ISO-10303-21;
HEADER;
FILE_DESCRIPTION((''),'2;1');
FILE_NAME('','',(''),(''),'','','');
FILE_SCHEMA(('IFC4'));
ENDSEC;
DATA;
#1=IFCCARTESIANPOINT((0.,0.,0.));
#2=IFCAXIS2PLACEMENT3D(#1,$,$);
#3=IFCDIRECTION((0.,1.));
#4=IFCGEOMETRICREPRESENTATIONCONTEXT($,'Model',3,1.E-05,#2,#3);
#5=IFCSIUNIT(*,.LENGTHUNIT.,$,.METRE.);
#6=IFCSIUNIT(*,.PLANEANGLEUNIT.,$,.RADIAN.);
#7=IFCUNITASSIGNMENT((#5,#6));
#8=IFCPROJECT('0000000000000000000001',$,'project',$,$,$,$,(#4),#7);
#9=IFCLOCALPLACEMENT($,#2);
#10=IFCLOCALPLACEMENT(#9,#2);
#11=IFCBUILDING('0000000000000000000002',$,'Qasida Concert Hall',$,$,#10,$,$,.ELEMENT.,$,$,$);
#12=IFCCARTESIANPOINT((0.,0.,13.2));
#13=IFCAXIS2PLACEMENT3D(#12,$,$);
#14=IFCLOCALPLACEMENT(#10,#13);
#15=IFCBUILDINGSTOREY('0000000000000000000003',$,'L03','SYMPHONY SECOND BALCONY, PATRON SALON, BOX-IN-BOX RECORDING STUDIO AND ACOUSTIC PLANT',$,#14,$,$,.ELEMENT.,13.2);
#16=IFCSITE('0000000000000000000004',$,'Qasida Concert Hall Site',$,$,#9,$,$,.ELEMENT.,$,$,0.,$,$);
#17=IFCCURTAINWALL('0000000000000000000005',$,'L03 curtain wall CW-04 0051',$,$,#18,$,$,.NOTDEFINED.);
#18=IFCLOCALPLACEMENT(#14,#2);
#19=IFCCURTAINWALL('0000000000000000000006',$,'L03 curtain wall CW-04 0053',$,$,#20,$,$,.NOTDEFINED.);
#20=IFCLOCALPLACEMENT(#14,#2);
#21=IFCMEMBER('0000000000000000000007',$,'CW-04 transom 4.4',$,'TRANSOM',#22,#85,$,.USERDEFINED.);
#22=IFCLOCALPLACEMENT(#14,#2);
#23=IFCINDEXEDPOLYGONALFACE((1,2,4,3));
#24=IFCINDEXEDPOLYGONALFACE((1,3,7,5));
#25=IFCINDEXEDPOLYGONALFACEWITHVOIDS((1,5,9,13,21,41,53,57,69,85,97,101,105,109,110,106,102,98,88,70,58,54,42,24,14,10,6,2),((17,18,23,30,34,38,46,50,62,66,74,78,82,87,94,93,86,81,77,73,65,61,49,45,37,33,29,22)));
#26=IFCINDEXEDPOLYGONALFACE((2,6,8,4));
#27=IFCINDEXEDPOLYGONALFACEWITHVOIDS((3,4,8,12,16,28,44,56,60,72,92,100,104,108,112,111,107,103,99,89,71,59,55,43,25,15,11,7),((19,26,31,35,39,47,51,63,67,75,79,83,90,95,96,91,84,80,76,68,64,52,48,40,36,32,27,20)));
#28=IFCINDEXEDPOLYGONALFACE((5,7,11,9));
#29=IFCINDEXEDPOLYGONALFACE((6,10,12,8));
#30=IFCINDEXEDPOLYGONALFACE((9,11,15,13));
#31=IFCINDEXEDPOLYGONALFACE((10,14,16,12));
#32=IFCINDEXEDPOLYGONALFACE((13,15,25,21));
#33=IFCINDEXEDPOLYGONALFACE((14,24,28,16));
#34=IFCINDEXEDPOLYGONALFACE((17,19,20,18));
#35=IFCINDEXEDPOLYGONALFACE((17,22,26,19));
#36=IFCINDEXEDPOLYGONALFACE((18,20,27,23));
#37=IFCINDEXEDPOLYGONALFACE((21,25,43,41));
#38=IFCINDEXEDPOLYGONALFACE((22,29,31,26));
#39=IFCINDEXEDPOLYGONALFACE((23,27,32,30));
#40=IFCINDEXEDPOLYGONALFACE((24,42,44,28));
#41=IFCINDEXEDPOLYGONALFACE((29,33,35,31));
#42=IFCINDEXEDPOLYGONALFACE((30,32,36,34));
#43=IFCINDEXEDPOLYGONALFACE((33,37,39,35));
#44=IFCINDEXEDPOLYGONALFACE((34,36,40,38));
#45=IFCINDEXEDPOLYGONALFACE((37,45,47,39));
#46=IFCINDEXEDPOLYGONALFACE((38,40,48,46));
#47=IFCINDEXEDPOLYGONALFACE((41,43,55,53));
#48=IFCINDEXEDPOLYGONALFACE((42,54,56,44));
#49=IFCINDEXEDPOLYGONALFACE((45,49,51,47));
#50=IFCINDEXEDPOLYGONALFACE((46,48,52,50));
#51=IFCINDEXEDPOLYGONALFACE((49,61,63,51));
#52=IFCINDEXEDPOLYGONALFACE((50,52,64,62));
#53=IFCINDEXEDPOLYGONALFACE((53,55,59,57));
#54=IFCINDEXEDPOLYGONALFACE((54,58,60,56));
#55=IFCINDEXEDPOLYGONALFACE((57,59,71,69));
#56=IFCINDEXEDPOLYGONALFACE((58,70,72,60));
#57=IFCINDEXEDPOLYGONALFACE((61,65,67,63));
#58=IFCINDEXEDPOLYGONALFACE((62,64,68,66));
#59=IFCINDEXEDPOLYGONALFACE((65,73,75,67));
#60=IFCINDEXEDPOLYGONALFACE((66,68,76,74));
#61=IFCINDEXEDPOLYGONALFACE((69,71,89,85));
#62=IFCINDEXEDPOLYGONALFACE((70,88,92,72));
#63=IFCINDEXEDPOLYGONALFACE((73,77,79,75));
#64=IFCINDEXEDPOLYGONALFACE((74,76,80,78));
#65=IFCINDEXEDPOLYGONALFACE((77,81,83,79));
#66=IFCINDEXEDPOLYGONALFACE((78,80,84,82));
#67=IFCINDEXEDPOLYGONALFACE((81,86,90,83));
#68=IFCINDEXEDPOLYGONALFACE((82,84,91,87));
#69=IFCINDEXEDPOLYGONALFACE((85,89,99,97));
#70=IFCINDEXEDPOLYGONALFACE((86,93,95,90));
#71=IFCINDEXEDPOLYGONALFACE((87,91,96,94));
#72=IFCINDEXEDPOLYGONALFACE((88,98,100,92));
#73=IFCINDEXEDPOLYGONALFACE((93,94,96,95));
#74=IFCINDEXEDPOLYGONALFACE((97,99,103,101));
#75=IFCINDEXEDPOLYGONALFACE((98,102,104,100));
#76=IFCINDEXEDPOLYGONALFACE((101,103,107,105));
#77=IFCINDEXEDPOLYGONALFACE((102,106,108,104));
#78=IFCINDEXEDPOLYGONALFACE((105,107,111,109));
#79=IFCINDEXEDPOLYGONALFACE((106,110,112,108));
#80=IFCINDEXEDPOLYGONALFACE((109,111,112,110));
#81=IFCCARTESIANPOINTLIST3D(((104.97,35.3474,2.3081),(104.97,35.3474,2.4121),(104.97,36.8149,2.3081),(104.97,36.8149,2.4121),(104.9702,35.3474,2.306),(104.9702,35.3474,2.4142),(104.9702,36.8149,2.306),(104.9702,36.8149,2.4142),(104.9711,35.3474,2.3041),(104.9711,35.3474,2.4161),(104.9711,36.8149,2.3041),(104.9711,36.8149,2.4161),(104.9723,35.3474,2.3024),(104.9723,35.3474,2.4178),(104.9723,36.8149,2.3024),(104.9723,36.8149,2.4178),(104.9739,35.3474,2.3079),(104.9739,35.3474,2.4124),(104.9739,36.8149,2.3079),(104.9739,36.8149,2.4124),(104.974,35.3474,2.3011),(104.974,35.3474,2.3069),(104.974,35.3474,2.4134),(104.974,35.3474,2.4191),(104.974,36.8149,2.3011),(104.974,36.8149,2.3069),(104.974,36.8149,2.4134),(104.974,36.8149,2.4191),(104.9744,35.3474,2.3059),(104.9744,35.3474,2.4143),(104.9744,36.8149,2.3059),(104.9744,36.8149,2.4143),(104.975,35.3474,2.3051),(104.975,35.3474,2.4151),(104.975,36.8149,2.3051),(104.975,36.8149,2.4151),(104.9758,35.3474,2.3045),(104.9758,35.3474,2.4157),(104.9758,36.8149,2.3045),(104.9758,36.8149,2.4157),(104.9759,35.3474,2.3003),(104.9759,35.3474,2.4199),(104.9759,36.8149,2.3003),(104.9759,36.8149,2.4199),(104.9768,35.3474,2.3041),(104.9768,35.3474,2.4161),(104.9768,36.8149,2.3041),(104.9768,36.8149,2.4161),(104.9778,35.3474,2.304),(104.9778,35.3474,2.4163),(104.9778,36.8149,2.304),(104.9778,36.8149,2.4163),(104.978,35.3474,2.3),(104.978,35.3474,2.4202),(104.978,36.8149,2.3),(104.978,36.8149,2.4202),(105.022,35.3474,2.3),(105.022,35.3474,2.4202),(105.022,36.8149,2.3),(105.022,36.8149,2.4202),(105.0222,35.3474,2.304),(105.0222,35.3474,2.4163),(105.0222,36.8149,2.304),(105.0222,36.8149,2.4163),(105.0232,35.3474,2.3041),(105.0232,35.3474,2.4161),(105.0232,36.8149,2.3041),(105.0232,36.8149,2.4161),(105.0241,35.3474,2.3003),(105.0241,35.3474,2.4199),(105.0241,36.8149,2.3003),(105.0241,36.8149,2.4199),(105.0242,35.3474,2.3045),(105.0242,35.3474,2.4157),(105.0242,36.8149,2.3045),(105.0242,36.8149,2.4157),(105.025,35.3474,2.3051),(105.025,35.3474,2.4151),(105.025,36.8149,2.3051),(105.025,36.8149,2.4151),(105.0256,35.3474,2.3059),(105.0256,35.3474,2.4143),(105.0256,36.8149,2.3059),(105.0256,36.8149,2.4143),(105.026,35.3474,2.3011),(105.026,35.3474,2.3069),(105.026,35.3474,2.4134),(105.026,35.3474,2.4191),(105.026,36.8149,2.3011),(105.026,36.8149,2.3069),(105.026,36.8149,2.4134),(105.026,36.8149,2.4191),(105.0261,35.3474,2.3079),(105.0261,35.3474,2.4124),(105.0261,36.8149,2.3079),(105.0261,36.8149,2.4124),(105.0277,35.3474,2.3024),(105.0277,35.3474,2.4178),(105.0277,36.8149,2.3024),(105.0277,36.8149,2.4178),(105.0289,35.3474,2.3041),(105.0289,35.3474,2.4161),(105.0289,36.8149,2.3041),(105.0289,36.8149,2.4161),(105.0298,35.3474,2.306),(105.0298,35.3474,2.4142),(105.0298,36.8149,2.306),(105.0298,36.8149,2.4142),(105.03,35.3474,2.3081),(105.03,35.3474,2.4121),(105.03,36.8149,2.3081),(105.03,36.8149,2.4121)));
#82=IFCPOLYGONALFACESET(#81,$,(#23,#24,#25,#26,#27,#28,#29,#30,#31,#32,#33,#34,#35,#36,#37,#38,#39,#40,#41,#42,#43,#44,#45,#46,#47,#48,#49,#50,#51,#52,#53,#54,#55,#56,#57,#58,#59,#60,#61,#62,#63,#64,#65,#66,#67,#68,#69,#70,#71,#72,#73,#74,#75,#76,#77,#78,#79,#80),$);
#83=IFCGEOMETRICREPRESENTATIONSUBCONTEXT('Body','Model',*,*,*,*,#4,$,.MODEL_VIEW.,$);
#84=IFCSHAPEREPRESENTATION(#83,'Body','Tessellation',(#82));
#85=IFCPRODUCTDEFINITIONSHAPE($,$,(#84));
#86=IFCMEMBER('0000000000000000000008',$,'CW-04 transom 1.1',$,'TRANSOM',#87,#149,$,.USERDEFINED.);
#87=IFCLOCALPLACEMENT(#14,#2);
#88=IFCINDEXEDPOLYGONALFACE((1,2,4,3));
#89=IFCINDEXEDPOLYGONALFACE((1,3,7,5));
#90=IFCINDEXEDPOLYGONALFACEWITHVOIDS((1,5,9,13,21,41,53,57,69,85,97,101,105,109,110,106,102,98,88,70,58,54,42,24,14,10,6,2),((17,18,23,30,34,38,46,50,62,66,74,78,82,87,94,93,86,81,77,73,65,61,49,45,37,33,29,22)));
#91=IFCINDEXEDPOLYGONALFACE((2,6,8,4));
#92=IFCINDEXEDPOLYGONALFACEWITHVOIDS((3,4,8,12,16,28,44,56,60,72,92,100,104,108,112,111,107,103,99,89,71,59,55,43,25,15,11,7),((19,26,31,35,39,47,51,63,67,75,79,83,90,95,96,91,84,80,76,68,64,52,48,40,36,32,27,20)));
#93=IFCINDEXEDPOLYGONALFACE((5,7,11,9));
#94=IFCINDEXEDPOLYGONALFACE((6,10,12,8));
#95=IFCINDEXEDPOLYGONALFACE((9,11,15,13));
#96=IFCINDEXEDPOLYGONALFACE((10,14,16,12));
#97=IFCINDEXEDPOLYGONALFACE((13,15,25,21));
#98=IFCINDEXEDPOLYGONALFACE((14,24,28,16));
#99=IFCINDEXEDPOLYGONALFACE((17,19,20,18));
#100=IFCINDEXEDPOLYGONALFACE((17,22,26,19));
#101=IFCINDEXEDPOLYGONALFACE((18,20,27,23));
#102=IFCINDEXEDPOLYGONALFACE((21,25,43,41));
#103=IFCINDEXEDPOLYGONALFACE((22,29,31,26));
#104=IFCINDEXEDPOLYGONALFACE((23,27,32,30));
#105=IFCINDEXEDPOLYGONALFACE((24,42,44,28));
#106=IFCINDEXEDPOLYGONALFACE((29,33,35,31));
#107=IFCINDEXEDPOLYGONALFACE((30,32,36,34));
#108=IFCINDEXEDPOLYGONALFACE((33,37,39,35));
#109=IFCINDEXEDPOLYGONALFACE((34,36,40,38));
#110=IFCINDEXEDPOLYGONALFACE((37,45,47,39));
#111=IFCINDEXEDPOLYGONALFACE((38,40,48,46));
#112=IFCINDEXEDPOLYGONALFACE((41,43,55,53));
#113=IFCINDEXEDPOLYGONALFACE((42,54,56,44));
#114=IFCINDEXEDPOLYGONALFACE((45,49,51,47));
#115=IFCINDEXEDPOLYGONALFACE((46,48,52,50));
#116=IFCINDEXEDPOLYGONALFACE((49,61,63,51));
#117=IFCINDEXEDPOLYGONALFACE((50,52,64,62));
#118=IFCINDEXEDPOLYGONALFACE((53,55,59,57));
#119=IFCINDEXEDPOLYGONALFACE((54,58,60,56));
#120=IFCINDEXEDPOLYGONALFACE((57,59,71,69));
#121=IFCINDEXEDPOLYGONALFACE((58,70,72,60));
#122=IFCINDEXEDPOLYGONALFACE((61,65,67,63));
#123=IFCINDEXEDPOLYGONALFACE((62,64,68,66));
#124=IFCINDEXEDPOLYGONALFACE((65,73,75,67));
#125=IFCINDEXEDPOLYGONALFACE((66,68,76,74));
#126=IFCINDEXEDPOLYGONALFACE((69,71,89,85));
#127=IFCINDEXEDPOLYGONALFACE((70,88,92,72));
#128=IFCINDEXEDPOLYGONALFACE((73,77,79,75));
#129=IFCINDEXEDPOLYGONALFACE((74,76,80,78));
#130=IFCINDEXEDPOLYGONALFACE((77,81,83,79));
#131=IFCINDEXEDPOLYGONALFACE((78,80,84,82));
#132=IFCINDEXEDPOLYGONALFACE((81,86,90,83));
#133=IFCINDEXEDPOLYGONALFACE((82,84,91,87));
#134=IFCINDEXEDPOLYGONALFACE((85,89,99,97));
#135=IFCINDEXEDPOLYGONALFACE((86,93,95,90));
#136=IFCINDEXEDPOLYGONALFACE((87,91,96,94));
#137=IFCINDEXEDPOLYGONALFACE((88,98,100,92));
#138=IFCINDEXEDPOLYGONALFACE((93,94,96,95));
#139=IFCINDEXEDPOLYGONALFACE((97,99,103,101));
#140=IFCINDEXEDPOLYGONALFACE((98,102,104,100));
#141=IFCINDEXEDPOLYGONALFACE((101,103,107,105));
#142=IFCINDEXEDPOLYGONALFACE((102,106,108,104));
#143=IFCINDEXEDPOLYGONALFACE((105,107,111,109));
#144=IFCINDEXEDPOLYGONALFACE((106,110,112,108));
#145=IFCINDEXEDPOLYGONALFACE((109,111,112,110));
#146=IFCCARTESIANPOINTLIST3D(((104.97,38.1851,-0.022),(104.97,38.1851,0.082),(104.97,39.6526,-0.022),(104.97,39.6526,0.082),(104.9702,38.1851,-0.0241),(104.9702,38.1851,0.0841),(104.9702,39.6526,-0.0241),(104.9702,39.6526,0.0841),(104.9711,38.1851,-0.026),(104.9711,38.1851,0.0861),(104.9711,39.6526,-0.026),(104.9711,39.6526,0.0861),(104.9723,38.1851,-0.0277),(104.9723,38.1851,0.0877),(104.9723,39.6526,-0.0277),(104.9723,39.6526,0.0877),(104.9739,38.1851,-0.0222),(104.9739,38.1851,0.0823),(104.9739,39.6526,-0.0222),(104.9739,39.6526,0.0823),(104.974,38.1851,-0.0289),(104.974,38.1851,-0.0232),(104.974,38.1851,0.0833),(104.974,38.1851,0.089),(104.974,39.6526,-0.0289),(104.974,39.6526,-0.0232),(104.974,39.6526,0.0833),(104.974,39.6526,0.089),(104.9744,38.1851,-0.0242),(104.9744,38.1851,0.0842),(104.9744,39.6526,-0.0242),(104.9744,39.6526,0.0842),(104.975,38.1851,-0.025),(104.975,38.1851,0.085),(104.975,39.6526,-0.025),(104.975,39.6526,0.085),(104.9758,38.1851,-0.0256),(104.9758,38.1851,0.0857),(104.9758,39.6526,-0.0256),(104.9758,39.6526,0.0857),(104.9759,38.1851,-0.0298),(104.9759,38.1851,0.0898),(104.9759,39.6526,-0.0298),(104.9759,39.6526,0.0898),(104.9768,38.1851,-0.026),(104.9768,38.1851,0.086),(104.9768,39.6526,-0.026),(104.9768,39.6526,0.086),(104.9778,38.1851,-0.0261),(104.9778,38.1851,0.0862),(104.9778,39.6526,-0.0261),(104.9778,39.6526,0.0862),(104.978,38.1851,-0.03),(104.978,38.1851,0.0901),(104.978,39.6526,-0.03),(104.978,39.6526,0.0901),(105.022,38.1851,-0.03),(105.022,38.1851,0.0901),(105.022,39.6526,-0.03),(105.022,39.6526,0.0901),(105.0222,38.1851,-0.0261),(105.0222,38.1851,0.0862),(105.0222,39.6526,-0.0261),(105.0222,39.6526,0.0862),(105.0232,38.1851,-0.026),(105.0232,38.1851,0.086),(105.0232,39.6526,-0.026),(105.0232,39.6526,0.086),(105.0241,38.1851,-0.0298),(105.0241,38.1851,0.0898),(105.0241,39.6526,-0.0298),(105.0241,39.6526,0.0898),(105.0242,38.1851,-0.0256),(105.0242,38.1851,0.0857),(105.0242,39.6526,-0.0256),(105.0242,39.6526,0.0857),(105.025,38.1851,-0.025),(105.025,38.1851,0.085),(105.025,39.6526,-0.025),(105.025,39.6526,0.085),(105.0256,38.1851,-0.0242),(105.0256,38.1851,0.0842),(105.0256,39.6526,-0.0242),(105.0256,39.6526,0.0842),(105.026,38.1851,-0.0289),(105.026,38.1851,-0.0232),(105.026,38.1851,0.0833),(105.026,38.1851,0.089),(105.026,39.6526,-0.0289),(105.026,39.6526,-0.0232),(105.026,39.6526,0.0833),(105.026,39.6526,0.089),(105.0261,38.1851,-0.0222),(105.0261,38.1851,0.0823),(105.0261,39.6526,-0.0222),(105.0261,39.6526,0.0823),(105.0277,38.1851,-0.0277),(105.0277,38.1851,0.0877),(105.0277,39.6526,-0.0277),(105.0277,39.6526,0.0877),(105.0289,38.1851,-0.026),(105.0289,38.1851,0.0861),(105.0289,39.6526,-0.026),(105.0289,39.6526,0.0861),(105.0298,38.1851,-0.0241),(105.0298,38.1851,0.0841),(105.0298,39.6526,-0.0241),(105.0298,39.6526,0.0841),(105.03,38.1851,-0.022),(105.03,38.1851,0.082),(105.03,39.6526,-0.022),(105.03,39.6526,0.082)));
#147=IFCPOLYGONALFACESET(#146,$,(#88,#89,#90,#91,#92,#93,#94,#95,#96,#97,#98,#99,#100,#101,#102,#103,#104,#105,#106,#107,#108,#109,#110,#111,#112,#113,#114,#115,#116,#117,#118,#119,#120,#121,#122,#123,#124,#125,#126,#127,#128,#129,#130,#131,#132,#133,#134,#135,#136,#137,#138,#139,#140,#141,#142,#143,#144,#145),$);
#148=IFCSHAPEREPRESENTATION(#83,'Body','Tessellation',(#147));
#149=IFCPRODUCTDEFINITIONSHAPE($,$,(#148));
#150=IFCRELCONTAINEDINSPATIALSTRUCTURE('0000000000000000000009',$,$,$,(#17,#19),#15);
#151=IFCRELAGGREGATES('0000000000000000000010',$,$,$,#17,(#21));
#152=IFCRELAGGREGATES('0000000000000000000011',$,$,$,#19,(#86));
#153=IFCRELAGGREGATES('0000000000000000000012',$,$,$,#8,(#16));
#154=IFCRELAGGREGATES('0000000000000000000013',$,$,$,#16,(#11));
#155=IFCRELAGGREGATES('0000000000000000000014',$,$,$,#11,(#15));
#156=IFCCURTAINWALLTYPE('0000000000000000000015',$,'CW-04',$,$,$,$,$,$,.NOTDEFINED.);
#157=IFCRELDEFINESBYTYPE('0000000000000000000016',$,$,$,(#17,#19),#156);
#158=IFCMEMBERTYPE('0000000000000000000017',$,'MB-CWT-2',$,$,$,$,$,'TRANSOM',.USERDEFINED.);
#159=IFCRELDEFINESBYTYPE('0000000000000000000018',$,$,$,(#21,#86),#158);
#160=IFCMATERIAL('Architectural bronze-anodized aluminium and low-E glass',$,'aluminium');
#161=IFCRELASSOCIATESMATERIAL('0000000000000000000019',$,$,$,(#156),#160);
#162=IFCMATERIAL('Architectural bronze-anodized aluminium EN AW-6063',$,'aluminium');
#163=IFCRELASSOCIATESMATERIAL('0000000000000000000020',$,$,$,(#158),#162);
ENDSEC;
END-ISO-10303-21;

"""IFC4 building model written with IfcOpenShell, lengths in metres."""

from ifc_helpers import new_model, si_unit, direction, frame, origin, origin_2d, place, context, subcontext, project, spatial, hollow_rectangle, extrude, material, material_profile, profile_set, type_object, element, aggregate, save


model = new_model("IFC4")

# Units and contexts
model_context = context("Model", 3, precision=1e-05, world=origin(), true_north=direction((0.0, 1.0)))
body_context = subcontext(model_context, "Body", "Model", "MODEL_VIEW")
ifc_project = project(units=[si_unit("LENGTHUNIT", "METRE"), si_unit("PLANEANGLEUNIT", "RADIAN")], contexts=[model_context])

# Site, building, storey
site_placement = place(None, origin())
site = spatial("IfcSite", under=ifc_project, at=site_placement, Name="Qasida Concert Hall Site", CompositionType="ELEMENT", RefElevation=0.0)
building_placement = place(site_placement, origin())
building = spatial("IfcBuilding", under=site, at=building_placement, Name="Qasida Concert Hall", CompositionType="ELEMENT")
storey_placement = place(building_placement, frame((0.0, 0.0, 13.2)))
storey = spatial("IfcBuildingStorey", under=building, at=storey_placement, Name="L03", Description="SYMPHONY SECOND BALCONY, PATRON SALON, BOX-IN-BOX RECORDING STUDIO AND ACOUSTIC PLANT", CompositionType="ELEMENT", Elevation=13.2)

# Curtain walls
ifc_material_1 = material(Name="Architectural bronze-anodized aluminium and low-E glass", Category="aluminium")
curtain_wall_type = type_object("IfcCurtainWallType", Name="CW-04", PredefinedType="NOTDEFINED", material=ifc_material_1)
curtain_wall_1_placement = place(storey_placement, origin())
curtain_wall_1 = element("IfcCurtainWall", 1, at=curtain_wall_1_placement, inside=storey, type_object=curtain_wall_type, Name="L03 curtain wall CW-04 0051", PredefinedType="NOTDEFINED")
ifc_material_2 = material(Name="Architectural bronze-anodized aluminium EN AW-6063", Category="aluminium")
curtain_wall_2_placement = place(storey_placement, origin())
curtain_wall_2 = element("IfcCurtainWall", 2, at=curtain_wall_2_placement, inside=storey, type_object=curtain_wall_type, Name="L03 curtain wall CW-04 0053", PredefinedType="NOTDEFINED")

# Members
ifc_material_profile_1 = material_profile(ifc_material_2, hollow_rectangle(XDim=0.0601, YDim=0.1201, WallThickness=0.0039, InnerFilletRadius=0.0039, OuterFilletRadius=0.0081, at=origin_2d()), Name="CWT 120x60x4")
ifc_profile_set_1 = profile_set([ifc_material_profile_1], Name="Architectural bronze-anodized aluminium EN AW-6063")
member_type_1 = type_object("IfcMemberType", Name="MB-CWT-2", ElementType="TRANSOM", PredefinedType="USERDEFINED", material=ifc_profile_set_1)
member_1_placement = place(storey_placement, frame((105.0, 35.3474, 2.3601), z_axis=(0.0, 1.0, 0.0), x_axis=(-1.0, 0.0, 0.0)))
member_1 = element("IfcMember", 3, at=member_1_placement, type_object=member_type_1, Name="CW-04 transom 4.4", ObjectType="TRANSOM", PredefinedType="USERDEFINED", context=body_context, shape_type="SweptSolid", body=[
    extrude(hollow_rectangle(XDim=0.0601, YDim=0.1201, WallThickness=0.0039, InnerFilletRadius=0.0039, OuterFilletRadius=0.0081, at=origin_2d()), origin(), (0.0, 0.0, 1.0), 1.4675),
])
member_2_placement = place(storey_placement, frame((105.0, 38.1851, 0.03), z_axis=(0.0, 1.0, 0.0), x_axis=(-1.0, 0.0, 0.0)))
member_2 = element("IfcMember", 4, at=member_2_placement, type_object=member_type_1, Name="CW-04 transom 1.1", ObjectType="TRANSOM", PredefinedType="USERDEFINED", context=body_context, shape_type="SweptSolid", body=[
    extrude(hollow_rectangle(XDim=0.0601, YDim=0.1201, WallThickness=0.0039, InnerFilletRadius=0.0039, OuterFilletRadius=0.0081, at=origin_2d()), origin(), (0.0, 0.0, 1.0), 1.4675),
])

aggregate(curtain_wall_1, [member_1])
aggregate(curtain_wall_2, [member_2])

save(model, "model.ifc")
